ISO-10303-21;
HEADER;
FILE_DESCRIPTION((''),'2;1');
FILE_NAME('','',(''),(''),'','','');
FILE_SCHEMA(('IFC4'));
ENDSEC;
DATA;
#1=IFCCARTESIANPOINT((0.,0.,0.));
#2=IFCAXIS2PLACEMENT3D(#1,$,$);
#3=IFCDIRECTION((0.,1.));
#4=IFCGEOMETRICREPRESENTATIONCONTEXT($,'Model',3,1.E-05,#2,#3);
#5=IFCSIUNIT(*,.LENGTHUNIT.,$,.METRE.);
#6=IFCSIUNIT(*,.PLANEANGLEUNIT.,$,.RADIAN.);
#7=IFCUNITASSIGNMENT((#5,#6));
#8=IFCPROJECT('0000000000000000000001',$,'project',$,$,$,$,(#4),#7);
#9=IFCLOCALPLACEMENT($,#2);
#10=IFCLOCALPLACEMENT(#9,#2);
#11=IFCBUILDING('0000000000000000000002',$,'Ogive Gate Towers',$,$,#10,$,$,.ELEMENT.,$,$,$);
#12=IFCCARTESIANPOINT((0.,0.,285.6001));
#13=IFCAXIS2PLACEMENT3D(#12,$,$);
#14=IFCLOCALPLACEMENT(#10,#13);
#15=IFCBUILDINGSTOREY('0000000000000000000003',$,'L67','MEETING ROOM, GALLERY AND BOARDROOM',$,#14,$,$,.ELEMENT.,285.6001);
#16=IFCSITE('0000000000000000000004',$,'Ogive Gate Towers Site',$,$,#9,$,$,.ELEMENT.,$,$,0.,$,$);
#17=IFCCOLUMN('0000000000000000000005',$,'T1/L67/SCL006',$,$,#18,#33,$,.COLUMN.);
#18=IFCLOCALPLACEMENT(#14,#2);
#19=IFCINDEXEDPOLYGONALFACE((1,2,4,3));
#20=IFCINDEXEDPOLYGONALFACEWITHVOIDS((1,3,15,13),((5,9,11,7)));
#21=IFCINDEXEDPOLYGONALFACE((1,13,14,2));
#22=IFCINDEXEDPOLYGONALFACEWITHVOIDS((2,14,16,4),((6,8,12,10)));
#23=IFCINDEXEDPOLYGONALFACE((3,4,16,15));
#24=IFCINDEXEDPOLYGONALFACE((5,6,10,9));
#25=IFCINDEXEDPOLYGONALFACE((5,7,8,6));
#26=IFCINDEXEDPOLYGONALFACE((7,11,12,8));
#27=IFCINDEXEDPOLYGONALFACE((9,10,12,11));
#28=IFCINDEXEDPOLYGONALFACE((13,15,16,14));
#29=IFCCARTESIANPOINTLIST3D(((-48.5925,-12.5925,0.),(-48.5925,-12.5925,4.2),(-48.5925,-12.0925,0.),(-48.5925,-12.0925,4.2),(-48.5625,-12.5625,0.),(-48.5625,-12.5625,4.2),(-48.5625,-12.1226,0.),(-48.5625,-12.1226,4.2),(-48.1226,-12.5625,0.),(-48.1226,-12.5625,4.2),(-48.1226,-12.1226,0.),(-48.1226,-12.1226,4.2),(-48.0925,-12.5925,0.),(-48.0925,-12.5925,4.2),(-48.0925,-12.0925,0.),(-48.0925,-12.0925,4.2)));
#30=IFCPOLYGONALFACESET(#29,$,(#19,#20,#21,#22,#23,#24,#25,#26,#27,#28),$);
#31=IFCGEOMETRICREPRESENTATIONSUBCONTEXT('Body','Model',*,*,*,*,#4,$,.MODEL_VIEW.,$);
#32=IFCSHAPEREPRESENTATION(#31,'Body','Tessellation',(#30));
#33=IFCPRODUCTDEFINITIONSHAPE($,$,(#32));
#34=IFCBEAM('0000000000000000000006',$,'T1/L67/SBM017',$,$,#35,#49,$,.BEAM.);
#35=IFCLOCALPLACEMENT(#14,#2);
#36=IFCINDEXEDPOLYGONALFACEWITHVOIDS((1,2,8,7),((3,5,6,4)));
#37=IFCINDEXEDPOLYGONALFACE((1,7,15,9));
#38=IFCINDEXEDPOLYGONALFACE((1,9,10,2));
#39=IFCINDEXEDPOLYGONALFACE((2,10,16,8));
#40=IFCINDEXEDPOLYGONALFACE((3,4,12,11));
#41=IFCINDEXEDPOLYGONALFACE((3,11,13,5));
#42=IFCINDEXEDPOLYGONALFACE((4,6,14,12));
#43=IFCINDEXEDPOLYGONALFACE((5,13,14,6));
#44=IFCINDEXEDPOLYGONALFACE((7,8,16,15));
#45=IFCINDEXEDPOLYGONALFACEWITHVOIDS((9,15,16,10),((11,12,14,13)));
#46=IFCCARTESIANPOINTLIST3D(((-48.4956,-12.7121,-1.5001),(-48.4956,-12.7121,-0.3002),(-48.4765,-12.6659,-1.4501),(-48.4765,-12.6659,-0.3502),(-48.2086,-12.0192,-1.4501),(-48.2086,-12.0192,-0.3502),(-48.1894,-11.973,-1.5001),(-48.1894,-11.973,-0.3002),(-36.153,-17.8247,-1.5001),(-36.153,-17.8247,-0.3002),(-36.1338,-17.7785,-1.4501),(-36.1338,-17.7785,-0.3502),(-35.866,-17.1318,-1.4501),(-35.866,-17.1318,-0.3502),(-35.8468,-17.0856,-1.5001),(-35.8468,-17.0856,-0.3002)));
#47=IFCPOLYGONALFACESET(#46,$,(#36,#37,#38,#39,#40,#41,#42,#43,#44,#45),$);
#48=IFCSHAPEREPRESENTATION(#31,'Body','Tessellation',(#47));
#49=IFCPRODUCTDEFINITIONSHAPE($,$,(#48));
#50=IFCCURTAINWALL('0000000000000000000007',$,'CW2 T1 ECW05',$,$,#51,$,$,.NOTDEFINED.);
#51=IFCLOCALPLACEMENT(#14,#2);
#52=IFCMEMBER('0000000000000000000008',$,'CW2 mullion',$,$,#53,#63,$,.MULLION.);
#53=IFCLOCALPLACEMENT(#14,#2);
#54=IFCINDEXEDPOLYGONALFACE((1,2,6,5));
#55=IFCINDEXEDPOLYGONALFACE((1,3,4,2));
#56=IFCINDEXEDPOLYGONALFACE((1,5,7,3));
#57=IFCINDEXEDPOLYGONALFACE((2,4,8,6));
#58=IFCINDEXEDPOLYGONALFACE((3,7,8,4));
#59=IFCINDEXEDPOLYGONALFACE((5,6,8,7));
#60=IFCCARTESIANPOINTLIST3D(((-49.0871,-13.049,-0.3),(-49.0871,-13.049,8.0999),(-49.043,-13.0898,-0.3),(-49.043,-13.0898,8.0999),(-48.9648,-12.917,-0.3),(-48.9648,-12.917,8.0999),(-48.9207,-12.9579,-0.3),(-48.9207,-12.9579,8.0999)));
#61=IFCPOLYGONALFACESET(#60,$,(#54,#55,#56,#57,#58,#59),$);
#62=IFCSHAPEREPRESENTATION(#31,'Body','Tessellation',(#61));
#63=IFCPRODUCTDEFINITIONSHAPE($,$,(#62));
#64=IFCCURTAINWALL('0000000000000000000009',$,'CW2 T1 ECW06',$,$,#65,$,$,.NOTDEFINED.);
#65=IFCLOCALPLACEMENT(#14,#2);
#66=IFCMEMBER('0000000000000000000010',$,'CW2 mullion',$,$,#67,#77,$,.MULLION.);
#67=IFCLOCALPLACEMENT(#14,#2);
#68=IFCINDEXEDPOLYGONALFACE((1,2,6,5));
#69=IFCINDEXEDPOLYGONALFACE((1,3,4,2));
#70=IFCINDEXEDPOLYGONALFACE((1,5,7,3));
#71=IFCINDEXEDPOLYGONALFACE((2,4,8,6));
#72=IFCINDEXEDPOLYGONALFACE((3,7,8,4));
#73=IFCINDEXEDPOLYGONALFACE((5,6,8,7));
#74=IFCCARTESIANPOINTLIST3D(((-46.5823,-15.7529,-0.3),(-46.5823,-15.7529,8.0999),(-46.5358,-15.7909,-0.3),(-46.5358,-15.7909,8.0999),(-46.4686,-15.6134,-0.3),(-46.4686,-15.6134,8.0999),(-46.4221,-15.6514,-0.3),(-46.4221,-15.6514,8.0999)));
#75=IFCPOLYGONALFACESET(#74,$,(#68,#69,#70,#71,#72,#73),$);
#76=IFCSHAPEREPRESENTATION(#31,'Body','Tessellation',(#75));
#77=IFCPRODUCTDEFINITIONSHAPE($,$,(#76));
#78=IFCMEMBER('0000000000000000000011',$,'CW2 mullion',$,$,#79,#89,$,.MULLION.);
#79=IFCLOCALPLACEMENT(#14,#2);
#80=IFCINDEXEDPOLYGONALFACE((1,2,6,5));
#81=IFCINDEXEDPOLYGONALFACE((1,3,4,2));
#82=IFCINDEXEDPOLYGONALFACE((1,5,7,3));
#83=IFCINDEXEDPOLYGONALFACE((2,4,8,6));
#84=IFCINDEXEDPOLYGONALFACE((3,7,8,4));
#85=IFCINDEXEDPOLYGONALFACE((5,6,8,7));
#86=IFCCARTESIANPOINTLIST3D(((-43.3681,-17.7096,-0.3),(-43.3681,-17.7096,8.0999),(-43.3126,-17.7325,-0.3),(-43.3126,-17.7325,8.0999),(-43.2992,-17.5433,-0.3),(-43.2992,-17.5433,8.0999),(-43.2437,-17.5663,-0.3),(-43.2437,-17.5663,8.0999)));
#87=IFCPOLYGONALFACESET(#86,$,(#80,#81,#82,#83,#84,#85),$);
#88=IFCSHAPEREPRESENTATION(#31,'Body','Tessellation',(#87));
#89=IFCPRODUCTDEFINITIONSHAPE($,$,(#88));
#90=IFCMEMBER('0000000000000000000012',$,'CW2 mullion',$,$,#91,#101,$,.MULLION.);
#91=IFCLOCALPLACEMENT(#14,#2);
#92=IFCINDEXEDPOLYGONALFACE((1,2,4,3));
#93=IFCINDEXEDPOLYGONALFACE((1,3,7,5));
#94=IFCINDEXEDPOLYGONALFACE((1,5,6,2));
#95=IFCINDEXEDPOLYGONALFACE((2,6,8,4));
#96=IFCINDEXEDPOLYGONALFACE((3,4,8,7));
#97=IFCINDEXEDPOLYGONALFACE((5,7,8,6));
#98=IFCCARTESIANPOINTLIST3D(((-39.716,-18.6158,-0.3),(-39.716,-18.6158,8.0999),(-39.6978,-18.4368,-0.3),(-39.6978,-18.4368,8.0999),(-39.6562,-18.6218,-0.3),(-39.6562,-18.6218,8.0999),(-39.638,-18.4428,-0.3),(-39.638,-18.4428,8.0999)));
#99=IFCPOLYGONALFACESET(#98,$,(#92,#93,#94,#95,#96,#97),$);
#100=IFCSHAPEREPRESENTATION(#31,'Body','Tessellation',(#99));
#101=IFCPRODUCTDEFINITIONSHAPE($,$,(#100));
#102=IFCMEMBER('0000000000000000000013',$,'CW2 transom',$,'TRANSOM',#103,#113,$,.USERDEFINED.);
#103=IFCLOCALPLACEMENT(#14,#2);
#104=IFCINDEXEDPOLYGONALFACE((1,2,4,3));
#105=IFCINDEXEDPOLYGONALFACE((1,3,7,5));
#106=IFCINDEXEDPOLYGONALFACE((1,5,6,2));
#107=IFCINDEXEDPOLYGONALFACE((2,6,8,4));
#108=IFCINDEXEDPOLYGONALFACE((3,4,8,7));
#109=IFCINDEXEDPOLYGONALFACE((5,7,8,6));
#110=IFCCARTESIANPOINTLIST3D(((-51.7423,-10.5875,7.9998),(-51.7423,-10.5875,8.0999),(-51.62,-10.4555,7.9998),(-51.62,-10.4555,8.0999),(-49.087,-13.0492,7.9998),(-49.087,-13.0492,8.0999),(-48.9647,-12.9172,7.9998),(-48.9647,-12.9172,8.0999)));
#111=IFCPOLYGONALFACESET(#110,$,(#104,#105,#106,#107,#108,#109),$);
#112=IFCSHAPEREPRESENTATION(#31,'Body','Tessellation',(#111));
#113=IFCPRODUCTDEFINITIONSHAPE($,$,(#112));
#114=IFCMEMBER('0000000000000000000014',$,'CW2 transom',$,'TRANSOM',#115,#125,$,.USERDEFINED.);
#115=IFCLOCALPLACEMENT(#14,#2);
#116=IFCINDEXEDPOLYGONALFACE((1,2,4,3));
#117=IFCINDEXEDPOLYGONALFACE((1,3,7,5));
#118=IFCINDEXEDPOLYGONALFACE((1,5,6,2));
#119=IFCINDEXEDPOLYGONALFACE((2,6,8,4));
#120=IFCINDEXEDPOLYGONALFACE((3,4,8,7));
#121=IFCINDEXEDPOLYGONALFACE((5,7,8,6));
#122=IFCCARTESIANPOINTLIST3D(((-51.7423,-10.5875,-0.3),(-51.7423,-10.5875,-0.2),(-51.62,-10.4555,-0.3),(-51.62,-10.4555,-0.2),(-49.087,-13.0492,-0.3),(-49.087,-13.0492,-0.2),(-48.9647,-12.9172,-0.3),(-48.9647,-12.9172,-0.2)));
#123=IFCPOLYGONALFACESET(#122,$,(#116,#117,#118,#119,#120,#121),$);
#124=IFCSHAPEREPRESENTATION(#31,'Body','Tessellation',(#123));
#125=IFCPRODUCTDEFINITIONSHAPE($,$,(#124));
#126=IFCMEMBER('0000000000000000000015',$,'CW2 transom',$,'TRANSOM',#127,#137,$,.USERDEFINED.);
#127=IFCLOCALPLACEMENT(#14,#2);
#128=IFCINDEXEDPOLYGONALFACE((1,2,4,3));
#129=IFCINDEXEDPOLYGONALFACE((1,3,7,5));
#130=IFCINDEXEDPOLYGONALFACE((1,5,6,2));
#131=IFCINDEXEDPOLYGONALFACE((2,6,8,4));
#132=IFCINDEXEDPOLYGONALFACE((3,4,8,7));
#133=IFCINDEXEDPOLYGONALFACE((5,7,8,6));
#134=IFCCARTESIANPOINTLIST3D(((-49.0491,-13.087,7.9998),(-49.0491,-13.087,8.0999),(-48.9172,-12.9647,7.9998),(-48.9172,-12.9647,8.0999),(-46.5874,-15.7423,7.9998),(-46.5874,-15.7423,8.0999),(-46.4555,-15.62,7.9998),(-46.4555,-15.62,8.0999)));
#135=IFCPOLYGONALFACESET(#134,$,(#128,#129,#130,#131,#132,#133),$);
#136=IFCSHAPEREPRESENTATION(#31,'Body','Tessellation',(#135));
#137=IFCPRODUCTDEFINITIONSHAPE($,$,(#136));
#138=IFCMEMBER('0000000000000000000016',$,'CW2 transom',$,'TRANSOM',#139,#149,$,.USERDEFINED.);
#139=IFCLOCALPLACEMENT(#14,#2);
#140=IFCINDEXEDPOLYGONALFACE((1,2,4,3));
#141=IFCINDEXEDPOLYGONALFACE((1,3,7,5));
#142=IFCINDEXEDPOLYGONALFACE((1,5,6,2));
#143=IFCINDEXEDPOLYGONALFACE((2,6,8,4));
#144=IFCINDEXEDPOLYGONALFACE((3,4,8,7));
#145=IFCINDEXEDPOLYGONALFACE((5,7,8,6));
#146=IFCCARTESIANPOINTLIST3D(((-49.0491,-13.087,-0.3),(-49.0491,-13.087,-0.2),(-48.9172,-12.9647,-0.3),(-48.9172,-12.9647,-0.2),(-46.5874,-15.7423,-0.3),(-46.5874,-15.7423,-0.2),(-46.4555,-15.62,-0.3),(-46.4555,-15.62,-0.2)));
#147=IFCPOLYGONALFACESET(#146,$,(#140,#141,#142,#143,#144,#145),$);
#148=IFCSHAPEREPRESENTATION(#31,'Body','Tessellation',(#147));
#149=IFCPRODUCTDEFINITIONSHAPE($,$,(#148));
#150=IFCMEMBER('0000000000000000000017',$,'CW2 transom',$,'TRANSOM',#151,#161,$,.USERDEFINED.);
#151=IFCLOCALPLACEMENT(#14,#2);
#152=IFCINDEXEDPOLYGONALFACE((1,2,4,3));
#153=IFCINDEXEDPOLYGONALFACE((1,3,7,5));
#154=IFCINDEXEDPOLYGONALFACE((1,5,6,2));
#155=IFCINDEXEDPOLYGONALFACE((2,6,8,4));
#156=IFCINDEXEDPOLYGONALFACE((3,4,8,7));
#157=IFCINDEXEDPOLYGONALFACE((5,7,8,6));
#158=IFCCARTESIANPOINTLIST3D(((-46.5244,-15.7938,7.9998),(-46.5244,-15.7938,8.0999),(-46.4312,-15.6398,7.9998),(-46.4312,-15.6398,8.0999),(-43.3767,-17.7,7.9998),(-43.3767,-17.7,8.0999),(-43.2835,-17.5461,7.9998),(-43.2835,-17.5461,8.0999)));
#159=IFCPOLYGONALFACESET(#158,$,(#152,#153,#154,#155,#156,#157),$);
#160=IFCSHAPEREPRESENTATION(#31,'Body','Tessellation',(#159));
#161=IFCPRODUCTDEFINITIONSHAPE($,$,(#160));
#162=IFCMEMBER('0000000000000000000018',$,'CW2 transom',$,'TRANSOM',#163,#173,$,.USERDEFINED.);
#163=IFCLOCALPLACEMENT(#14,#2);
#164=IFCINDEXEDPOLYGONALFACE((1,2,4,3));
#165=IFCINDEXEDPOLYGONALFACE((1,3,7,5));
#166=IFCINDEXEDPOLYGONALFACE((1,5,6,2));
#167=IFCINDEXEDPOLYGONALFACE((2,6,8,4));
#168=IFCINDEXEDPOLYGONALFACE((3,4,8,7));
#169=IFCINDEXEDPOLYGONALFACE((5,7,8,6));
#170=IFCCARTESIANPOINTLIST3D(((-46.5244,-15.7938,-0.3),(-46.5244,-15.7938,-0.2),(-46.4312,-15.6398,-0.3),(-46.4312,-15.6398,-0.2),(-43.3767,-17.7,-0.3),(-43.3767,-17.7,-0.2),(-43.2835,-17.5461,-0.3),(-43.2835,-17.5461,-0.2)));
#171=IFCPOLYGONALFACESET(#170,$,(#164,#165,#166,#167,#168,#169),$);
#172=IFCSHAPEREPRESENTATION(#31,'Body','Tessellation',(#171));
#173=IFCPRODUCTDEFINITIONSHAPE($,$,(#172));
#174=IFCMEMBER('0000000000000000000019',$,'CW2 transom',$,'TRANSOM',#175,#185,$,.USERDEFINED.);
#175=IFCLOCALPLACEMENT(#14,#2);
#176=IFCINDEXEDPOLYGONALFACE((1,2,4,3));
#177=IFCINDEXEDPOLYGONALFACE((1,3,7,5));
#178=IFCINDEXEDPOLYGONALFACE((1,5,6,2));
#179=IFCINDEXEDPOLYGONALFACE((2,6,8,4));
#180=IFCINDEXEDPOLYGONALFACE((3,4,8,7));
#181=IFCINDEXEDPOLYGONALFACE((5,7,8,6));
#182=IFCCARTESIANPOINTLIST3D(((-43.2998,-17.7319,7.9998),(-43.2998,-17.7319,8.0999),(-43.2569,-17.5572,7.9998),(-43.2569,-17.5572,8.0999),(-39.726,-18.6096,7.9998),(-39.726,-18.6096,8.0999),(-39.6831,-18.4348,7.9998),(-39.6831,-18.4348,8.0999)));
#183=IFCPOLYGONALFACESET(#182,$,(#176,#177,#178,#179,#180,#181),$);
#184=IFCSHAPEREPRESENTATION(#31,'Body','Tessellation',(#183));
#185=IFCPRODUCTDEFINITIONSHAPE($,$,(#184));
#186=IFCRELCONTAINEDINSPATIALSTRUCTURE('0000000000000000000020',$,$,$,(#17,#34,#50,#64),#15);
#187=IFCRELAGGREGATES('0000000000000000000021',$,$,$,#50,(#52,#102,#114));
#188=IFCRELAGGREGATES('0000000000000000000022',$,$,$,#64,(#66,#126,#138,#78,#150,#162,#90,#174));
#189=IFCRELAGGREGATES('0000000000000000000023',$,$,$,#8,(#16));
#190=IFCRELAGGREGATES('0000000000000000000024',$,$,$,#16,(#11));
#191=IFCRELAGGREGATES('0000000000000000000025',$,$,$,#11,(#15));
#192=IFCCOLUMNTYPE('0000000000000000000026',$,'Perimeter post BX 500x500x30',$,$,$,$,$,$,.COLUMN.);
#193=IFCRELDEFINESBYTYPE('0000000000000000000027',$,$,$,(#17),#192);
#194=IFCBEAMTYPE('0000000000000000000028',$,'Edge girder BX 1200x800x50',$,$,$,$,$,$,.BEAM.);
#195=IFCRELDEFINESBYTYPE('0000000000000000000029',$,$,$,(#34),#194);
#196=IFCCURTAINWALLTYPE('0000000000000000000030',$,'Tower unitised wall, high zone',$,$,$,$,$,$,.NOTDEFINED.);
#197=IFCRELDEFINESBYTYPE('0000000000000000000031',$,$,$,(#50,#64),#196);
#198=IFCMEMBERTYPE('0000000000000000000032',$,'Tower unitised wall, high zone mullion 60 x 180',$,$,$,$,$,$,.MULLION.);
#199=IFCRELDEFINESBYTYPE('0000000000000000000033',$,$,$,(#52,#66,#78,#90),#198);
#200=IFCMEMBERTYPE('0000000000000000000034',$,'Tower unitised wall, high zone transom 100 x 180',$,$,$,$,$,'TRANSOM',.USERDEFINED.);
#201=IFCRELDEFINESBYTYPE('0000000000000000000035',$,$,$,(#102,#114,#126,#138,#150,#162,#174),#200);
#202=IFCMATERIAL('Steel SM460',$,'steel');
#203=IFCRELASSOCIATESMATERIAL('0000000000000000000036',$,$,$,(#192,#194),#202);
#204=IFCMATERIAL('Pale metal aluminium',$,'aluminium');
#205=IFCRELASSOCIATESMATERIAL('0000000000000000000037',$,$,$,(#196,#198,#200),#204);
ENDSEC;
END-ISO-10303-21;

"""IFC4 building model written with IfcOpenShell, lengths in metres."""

from ifc_helpers import new_model, si_unit, direction, frame, origin, origin_2d, place, context, subcontext, project, spatial, rectangle, hollow_rectangle, extrude, material, material_profile, profile_set, type_object, element, aggregate, save


model = new_model("IFC4")

# Units and contexts
model_context = context("Model", 3, precision=1e-05, world=origin(), true_north=direction((0.0, 1.0)))
body_context = subcontext(model_context, "Body", "Model", "MODEL_VIEW")
ifc_project = project(units=[si_unit("LENGTHUNIT", "METRE"), si_unit("PLANEANGLEUNIT", "RADIAN")], contexts=[model_context])

# Site, building, storey
site_placement = place(None, origin())
site = spatial("IfcSite", under=ifc_project, at=site_placement, Name="Ogive Gate Towers Site", CompositionType="ELEMENT", RefElevation=0.0)
building_placement = place(site_placement, origin())
building = spatial("IfcBuilding", under=site, at=building_placement, Name="Ogive Gate Towers", CompositionType="ELEMENT")
storey_placement = place(building_placement, frame((0.0, 0.0, 285.6001)))
storey = spatial("IfcBuildingStorey", under=building, at=storey_placement, Name="L67", Description="MEETING ROOM, GALLERY AND BOARDROOM", CompositionType="ELEMENT", Elevation=285.6001)

# Column
ifc_material_1 = material(Name="Steel SM460", Category="steel")
ifc_material_profile_1 = material_profile(ifc_material_1, hollow_rectangle(XDim=0.5, YDim=0.5, WallThickness=0.03, at=origin_2d()), Name="BX 500x500x30")
ifc_profile_set_1 = profile_set([ifc_material_profile_1], Name="Steel SM460")
column_type = type_object("IfcColumnType", Name="Perimeter post BX 500x500x30", PredefinedType="COLUMN", material=ifc_profile_set_1)
column_placement = place(storey_placement, frame((-48.3425, -12.3425, 0.0), z_axis=(0.0, 0.0, 1.0), x_axis=(1.0, 0.0, 0.0)))
element("IfcColumn", 1, at=column_placement, inside=storey, type_object=column_type, Name="T1/L67/SCL006", PredefinedType="COLUMN", context=body_context, shape_type="SweptSolid", body=[
    extrude(hollow_rectangle(XDim=0.5, YDim=0.5, WallThickness=0.03, at=origin_2d()), origin(), (0.0, 0.0, 1.0), 4.2),
])

# Beam
ifc_material_profile_2 = material_profile(ifc_material_1, hollow_rectangle(XDim=0.8, YDim=1.2, WallThickness=0.05, at=origin_2d()), Name="BX 1200x800x50")
ifc_profile_set_2 = profile_set([ifc_material_profile_2], Name="Steel SM460")
beam_type = type_object("IfcBeamType", Name="Edge girder BX 1200x800x50", PredefinedType="BEAM", material=ifc_profile_set_2)
beam_placement = place(storey_placement, frame((-48.3425, -12.3425, -0.9001), z_axis=(0.923877, -0.38269, 0.0), x_axis=(0.38269, 0.923877, 0.0)))
element("IfcBeam", 2, at=beam_placement, inside=storey, type_object=beam_type, Name="T1/L67/SBM017", PredefinedType="BEAM", context=body_context, shape_type="SweptSolid", body=[
    extrude(hollow_rectangle(XDim=0.8, YDim=1.2, WallThickness=0.05, at=origin_2d()), origin(), (0.0, 0.0, 1.0), 13.3596),
])

# Curtain wall, member
ifc_material_2 = material(Name="Pale metal aluminium", Category="aluminium")
curtain_wall_type = type_object("IfcCurtainWallType", Name="Tower unitised wall, high zone", PredefinedType="NOTDEFINED", material=ifc_material_2)
curtain_wall_1_placement = place(storey_placement, origin())
curtain_wall_1 = element("IfcCurtainWall", 3, at=curtain_wall_1_placement, inside=storey, type_object=curtain_wall_type, Name="CW2 T1 ECW05", PredefinedType="NOTDEFINED")
ifc_material_profile_3 = material_profile(ifc_material_2, rectangle(XDim=0.1799, YDim=0.0601, at=origin_2d()), Name="60 x 180 aluminium box")
ifc_profile_set_3 = profile_set([ifc_material_profile_3], Name="Pale metal aluminium")
member_type_1 = type_object("IfcMemberType", Name="Tower unitised wall, high zone mullion 60 x 180", PredefinedType="MULLION", material=ifc_profile_set_3)
member_1_placement = place(storey_placement, frame((-49.0039, -13.0034, -0.3), z_axis=(0.0, 0.0, 1.0), x_axis=(-0.679864, -0.733338, 0.0)))
member_1 = element("IfcMember", 4, at=member_1_placement, type_object=member_type_1, Name="CW2 mullion", PredefinedType="MULLION", context=body_context, shape_type="SweptSolid", body=[
    extrude(rectangle(XDim=0.1799, YDim=0.0601, at=origin_2d()), origin(), (0.0, 0.0, 1.0), 8.3999),
])

# Curtain wall, members
curtain_wall_2_placement = place(storey_placement, origin())
curtain_wall_2 = element("IfcCurtainWall", 5, at=curtain_wall_2_placement, inside=storey, type_object=curtain_wall_type, Name="CW2 T1 ECW06", PredefinedType="NOTDEFINED")
member_2_placement = place(storey_placement, frame((-46.5022, -15.7021, -0.3), z_axis=(0.0, 0.0, 1.0), x_axis=(-0.631813, -0.775121, 0.0)))
member_2 = element("IfcMember", 6, at=member_2_placement, type_object=member_type_1, Name="CW2 mullion", PredefinedType="MULLION", context=body_context, shape_type="SweptSolid", body=[
    extrude(rectangle(XDim=0.1799, YDim=0.0601, at=origin_2d()), origin(), (0.0, 0.0, 1.0), 8.3999),
])
member_3_placement = place(storey_placement, frame((-43.3059, -17.6379, -0.3), z_axis=(0.0, 0.0, 1.0), x_axis=(-0.382683, -0.92388, 0.0)))
member_3 = element("IfcMember", 7, at=member_3_placement, type_object=member_type_1, Name="CW2 mullion", PredefinedType="MULLION", context=body_context, shape_type="SweptSolid", body=[
    extrude(rectangle(XDim=0.1799, YDim=0.0601, at=origin_2d()), origin(), (0.0, 0.0, 1.0), 8.3999),
])
member_4_placement = place(storey_placement, frame((-39.677, -18.5293, -0.3), z_axis=(0.0, 0.0, 1.0), x_axis=(-0.101351, -0.994851, 0.0)))
member_4 = element("IfcMember", 8, at=member_4_placement, type_object=member_type_1, Name="CW2 mullion", PredefinedType="MULLION", context=body_context, shape_type="SweptSolid", body=[
    extrude(rectangle(XDim=0.1799, YDim=0.0601, at=origin_2d()), origin(), (0.0, 0.0, 1.0), 8.3999),
])

# Members
ifc_material_profile_4 = material_profile(ifc_material_2, rectangle(XDim=0.1799, YDim=0.1001, at=origin_2d()), Name="100 x 180 aluminium box")
ifc_profile_set_4 = profile_set([ifc_material_profile_4], Name="Pale metal aluminium")
member_type_2 = type_object("IfcMemberType", Name="Tower unitised wall, high zone transom 100 x 180", ElementType="TRANSOM", PredefinedType="USERDEFINED", material=ifc_profile_set_4)
member_5_placement = place(storey_placement, frame((-51.6812, -10.5215, 8.0498), z_axis=(0.733336, -0.679866, 0.0), x_axis=(0.679866, 0.733336, 0.0)))
member_5 = element("IfcMember", 9, at=member_5_placement, type_object=member_type_2, Name="CW2 transom", ObjectType="TRANSOM", PredefinedType="USERDEFINED", context=body_context, shape_type="SweptSolid", body=[
    extrude(rectangle(XDim=0.1799, YDim=0.1001, at=origin_2d()), origin(), (0.0, 0.0, 1.0), 3.6208),
])
member_6_placement = place(storey_placement, frame((-51.6812, -10.5215, -0.25), z_axis=(0.733336, -0.679866, 0.0), x_axis=(0.679866, 0.733336, 0.0)))
member_6 = element("IfcMember", 10, at=member_6_placement, type_object=member_type_2, Name="CW2 transom", ObjectType="TRANSOM", PredefinedType="USERDEFINED", context=body_context, shape_type="SweptSolid", body=[
    extrude(rectangle(XDim=0.1799, YDim=0.1001, at=origin_2d()), origin(), (0.0, 0.0, 1.0), 3.6208),
])
member_7_placement = place(storey_placement, frame((-48.9832, -13.0259, 8.0498), z_axis=(0.679866, -0.733336, 0.0), x_axis=(0.733336, 0.679866, 0.0)))
member_7 = element("IfcMember", 11, at=member_7_placement, type_object=member_type_2, Name="CW2 transom", ObjectType="TRANSOM", PredefinedType="USERDEFINED", context=body_context, shape_type="SweptSolid", body=[
    extrude(rectangle(XDim=0.1799, YDim=0.1001, at=origin_2d()), origin(), (0.0, 0.0, 1.0), 3.6208),
])
member_8_placement = place(storey_placement, frame((-48.9832, -13.0259, -0.25), z_axis=(0.679866, -0.733336, 0.0), x_axis=(0.733336, 0.679866, 0.0)))
member_8 = element("IfcMember", 12, at=member_8_placement, type_object=member_type_2, Name="CW2 transom", ObjectType="TRANSOM", PredefinedType="USERDEFINED", context=body_context, shape_type="SweptSolid", body=[
    extrude(rectangle(XDim=0.1799, YDim=0.1001, at=origin_2d()), origin(), (0.0, 0.0, 1.0), 3.6208),
])
member_9_placement = place(storey_placement, frame((-46.4778, -15.7168, 8.0498), z_axis=(0.855372, -0.518013, 0.0), x_axis=(0.518013, 0.855372, 0.0)))
member_9 = element("IfcMember", 13, at=member_9_placement, type_object=member_type_2, Name="CW2 transom", ObjectType="TRANSOM", PredefinedType="USERDEFINED", context=body_context, shape_type="SweptSolid", body=[
    extrude(rectangle(XDim=0.1799, YDim=0.1001, at=origin_2d()), origin(), (0.0, 0.0, 1.0), 3.6799),
])
member_10_placement = place(storey_placement, frame((-46.4778, -15.7168, -0.25), z_axis=(0.855372, -0.518013, 0.0), x_axis=(0.518013, 0.855372, 0.0)))
member_10 = element("IfcMember", 14, at=member_10_placement, type_object=member_type_2, Name="CW2 transom", ObjectType="TRANSOM", PredefinedType="USERDEFINED", context=body_context, shape_type="SweptSolid", body=[
    extrude(rectangle(XDim=0.1799, YDim=0.1001, at=origin_2d()), origin(), (0.0, 0.0, 1.0), 3.6799),
])
member_11_placement = place(storey_placement, frame((-43.2783, -17.6445, 8.0498), z_axis=(0.971141, -0.238506, 0.0), x_axis=(0.238506, 0.971141, 0.0)))
member_11 = element("IfcMember", 15, at=member_11_placement, type_object=member_type_2, Name="CW2 transom", ObjectType="TRANSOM", PredefinedType="USERDEFINED", context=body_context, shape_type="SweptSolid", body=[
    extrude(rectangle(XDim=0.1799, YDim=0.1001, at=origin_2d()), origin(), (0.0, 0.0, 1.0), 3.6799),
])

aggregate(curtain_wall_1, [member_1, member_5, member_6])
aggregate(curtain_wall_2, [member_2, member_7, member_8, member_3, member_9, member_10, member_4, member_11])

save(model, "model.ifc")
